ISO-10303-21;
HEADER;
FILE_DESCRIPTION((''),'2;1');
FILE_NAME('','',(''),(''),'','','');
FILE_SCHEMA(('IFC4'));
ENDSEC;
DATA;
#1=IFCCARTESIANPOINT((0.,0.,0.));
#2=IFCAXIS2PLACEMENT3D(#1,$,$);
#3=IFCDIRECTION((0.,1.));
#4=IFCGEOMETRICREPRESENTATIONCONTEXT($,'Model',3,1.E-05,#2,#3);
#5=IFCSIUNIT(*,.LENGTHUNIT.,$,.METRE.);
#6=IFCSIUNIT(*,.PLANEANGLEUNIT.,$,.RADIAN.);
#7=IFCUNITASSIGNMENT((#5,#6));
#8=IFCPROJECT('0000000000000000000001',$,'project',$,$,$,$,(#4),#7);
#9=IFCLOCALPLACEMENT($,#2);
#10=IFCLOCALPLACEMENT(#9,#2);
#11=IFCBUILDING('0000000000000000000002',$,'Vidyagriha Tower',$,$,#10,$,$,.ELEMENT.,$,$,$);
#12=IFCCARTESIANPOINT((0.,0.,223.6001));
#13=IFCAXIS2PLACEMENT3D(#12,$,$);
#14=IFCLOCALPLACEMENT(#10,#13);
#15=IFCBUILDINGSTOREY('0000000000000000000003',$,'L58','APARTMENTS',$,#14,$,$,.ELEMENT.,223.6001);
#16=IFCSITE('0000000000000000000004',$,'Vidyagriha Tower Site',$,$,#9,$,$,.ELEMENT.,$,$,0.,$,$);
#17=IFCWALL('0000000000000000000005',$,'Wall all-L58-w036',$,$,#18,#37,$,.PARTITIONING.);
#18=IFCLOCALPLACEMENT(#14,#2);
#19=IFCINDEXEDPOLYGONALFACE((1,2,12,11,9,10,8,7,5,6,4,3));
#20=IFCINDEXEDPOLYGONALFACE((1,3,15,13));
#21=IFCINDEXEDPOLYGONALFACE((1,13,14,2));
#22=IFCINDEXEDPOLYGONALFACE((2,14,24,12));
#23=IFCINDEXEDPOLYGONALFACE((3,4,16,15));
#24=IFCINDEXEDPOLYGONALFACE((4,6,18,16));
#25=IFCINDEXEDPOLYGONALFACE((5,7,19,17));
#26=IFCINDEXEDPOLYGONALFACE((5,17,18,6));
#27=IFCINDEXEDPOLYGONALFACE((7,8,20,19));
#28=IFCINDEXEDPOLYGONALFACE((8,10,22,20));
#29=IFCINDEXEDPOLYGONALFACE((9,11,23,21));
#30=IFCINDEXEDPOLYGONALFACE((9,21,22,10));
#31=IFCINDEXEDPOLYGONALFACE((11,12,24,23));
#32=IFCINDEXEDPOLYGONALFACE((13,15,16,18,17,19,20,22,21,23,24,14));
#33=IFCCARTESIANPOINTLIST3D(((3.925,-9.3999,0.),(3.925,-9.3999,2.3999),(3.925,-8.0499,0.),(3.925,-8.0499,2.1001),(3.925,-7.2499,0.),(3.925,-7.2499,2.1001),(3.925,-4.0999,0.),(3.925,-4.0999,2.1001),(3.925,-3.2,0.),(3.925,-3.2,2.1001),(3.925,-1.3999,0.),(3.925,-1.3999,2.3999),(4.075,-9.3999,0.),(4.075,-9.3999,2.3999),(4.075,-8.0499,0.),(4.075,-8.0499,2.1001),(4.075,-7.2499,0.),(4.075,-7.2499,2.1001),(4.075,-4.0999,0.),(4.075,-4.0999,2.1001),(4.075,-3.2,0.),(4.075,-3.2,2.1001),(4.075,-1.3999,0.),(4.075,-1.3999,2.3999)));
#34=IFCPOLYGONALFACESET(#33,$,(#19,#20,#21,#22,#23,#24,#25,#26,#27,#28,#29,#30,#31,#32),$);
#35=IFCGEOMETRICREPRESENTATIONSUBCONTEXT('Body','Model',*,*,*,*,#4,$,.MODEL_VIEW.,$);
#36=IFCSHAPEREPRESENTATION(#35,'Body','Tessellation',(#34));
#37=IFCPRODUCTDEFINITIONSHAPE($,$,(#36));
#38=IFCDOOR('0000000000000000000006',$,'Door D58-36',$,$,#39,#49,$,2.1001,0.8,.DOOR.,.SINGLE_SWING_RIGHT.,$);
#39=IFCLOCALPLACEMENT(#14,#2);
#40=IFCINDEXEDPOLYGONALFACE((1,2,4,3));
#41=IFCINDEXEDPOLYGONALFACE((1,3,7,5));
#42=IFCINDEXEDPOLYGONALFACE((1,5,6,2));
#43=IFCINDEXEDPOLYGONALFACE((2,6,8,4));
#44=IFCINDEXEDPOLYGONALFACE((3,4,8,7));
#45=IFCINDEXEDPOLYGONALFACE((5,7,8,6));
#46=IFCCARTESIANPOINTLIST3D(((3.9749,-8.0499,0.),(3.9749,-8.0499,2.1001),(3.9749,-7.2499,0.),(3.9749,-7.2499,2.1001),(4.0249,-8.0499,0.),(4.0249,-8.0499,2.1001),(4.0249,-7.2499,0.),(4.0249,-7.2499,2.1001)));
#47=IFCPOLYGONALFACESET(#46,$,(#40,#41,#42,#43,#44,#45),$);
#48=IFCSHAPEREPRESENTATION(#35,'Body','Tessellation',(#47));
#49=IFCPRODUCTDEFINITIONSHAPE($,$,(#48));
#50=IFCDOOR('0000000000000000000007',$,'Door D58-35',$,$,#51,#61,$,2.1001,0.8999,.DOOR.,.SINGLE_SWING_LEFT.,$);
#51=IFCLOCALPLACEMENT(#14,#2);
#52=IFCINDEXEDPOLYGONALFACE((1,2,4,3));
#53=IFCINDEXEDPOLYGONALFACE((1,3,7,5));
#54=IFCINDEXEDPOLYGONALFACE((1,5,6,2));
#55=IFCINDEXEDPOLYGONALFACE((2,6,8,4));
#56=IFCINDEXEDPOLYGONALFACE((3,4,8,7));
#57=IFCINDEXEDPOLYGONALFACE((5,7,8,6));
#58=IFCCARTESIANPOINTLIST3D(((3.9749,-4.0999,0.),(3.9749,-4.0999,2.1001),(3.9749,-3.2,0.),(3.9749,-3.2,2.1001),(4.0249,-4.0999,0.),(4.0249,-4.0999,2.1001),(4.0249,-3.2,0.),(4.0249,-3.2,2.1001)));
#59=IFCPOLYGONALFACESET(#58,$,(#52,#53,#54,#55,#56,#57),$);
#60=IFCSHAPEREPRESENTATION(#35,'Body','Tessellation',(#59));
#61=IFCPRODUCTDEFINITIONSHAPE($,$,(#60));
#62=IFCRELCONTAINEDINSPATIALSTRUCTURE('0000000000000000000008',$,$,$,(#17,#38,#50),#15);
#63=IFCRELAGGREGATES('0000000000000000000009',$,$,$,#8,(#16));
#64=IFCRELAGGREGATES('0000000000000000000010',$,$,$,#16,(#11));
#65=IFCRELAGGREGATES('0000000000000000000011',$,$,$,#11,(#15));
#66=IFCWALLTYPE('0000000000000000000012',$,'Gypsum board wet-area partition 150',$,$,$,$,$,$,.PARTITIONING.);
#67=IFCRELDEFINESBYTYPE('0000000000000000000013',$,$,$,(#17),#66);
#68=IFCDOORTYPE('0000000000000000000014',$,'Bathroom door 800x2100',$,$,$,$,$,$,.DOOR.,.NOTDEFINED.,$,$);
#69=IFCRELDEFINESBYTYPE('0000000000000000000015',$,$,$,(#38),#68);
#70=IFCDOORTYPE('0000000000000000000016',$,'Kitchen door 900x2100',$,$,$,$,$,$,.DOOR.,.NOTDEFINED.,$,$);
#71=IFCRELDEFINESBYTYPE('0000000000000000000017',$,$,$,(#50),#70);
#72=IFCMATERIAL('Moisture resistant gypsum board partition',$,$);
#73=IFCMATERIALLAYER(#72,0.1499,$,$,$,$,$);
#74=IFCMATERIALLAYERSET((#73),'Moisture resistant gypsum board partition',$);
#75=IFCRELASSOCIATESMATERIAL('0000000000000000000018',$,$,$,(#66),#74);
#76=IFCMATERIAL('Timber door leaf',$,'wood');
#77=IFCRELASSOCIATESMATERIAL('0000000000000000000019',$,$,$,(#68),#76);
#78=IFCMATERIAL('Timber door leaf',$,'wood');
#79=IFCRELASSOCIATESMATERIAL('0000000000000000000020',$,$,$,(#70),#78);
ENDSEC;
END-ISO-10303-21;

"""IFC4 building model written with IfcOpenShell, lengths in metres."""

from ifc_helpers import new_model, si_unit, direction, frame, frame_2d, origin, place, context, subcontext, project, spatial, rectangle, extrude, material, layer, layer_set, type_object, element, fill, save


model = new_model("IFC4")

# Units and contexts
model_context = context("Model", 3, precision=1e-05, world=origin(), true_north=direction((0.0, 1.0)))
body_context = subcontext(model_context, "Body", "Model", "MODEL_VIEW")
ifc_project = project(units=[si_unit("LENGTHUNIT", "METRE"), si_unit("PLANEANGLEUNIT", "RADIAN")], contexts=[model_context])

# Site, building, storey
site_placement = place(None, origin())
site = spatial("IfcSite", under=ifc_project, at=site_placement, Name="Vidyagriha Tower Site", CompositionType="ELEMENT", RefElevation=0.0)
building_placement = place(site_placement, origin())
building = spatial("IfcBuilding", under=site, at=building_placement, Name="Vidyagriha Tower", CompositionType="ELEMENT")
storey_placement = place(building_placement, frame((0.0, 0.0, 223.6001)))
storey = spatial("IfcBuildingStorey", under=building, at=storey_placement, Name="L58", Description="APARTMENTS", CompositionType="ELEMENT", Elevation=223.6001)

# Wall, openings, doors
ifc_material_1 = material(Name="Moisture resistant gypsum board partition")
ifc_layer_1 = layer(ifc_material_1, 0.1499)
ifc_layer_set_1 = layer_set([ifc_layer_1], Name="Moisture resistant gypsum board partition")
wall_type_1 = type_object("IfcWallType", Name="Gypsum board wet-area partition 150", PredefinedType="PARTITIONING", material=ifc_layer_set_1)
ifc_material_2 = material(Name="Timber door leaf", Category="wood")
door_type_1 = type_object("IfcDoorType", Name="Bathroom door 800x2100", OperationType="NOTDEFINED", PredefinedType="DOOR", material=ifc_material_2)
ifc_material_3 = material(Name="Timber door leaf", Category="wood")
door_type_2 = type_object("IfcDoorType", Name="Kitchen door 900x2100", OperationType="NOTDEFINED", PredefinedType="DOOR", material=ifc_material_3)
wall_1_placement = place(storey_placement, frame((4.0, -1.3999, 0.0), z_axis=(0.0, 0.0, 1.0), x_axis=(0.0, -1.0, 0.0)))
wall_1 = element("IfcWall", 1, at=wall_1_placement, inside=storey, type_object=wall_type_1, Name="Wall all-L58-w036", PredefinedType="PARTITIONING", context=body_context, shape_type="SweptSolid", body=[
    extrude(rectangle(XDim=8.0, YDim=0.1499, at=frame_2d((4.0, 0.0))), origin(), (0.0, 0.0, 1.0), 2.3999),
])
opening_1_placement = place(wall_1_placement, frame((1.8, 0.0, 0.0)))
opening_1 = element("IfcOpeningElement", 2, at=opening_1_placement, cuts=wall_1, PredefinedType="OPENING", context=body_context, shape_type="SweptSolid", body=[
    extrude(rectangle(XDim=0.8999, YDim=2.1001, at=frame_2d((0.45, 1.05))), frame((0.0, 0.085, 0.0), z_axis=(0.0, -1.0, 0.0), x_axis=(1.0, 0.0, 0.0)), (0.0, 0.0, 1.0), 0.1699),
])
opening_2_placement = place(wall_1_placement, frame((5.8501, 0.0, 0.0)))
opening_2 = element("IfcOpeningElement", 3, at=opening_2_placement, cuts=wall_1, PredefinedType="OPENING", context=body_context, shape_type="SweptSolid", body=[
    extrude(rectangle(XDim=0.8, YDim=2.1001, at=frame_2d((0.3999, 1.05))), frame((0.0, 0.085, 0.0), z_axis=(0.0, -1.0, 0.0), x_axis=(1.0, 0.0, 0.0)), (0.0, 0.0, 1.0), 0.1699),
])
door_1_placement = place(opening_2_placement, origin())
door_1 = element("IfcDoor", 4, at=door_1_placement, inside=storey, type_object=door_type_1, Name="Door D58-36", OperationType="SINGLE_SWING_RIGHT", OverallHeight=2.1001, OverallWidth=0.8, PredefinedType="DOOR", context=body_context, shape_type="SweptSolid", body=[
    extrude(rectangle(XDim=0.8, YDim=2.1001, at=frame_2d((0.3999, 1.05))), frame((0.0, 0.0249, 0.0), z_axis=(0.0, -1.0, 0.0), x_axis=(1.0, 0.0, 0.0)), (0.0, 0.0, 1.0), 0.05),
])
fill(opening_2, door_1)
door_2_placement = place(opening_1_placement, origin())
door_2 = element("IfcDoor", 5, at=door_2_placement, inside=storey, type_object=door_type_2, Name="Door D58-35", OperationType="SINGLE_SWING_LEFT", OverallHeight=2.1001, OverallWidth=0.8999, PredefinedType="DOOR", context=body_context, shape_type="SweptSolid", body=[
    extrude(rectangle(XDim=0.8999, YDim=2.1001, at=frame_2d((0.45, 1.05))), frame((0.0, 0.0249, 0.0), z_axis=(0.0, -1.0, 0.0), x_axis=(1.0, 0.0, 0.0)), (0.0, 0.0, 1.0), 0.05),
])
fill(opening_1, door_2)

save(model, "model.ifc")
